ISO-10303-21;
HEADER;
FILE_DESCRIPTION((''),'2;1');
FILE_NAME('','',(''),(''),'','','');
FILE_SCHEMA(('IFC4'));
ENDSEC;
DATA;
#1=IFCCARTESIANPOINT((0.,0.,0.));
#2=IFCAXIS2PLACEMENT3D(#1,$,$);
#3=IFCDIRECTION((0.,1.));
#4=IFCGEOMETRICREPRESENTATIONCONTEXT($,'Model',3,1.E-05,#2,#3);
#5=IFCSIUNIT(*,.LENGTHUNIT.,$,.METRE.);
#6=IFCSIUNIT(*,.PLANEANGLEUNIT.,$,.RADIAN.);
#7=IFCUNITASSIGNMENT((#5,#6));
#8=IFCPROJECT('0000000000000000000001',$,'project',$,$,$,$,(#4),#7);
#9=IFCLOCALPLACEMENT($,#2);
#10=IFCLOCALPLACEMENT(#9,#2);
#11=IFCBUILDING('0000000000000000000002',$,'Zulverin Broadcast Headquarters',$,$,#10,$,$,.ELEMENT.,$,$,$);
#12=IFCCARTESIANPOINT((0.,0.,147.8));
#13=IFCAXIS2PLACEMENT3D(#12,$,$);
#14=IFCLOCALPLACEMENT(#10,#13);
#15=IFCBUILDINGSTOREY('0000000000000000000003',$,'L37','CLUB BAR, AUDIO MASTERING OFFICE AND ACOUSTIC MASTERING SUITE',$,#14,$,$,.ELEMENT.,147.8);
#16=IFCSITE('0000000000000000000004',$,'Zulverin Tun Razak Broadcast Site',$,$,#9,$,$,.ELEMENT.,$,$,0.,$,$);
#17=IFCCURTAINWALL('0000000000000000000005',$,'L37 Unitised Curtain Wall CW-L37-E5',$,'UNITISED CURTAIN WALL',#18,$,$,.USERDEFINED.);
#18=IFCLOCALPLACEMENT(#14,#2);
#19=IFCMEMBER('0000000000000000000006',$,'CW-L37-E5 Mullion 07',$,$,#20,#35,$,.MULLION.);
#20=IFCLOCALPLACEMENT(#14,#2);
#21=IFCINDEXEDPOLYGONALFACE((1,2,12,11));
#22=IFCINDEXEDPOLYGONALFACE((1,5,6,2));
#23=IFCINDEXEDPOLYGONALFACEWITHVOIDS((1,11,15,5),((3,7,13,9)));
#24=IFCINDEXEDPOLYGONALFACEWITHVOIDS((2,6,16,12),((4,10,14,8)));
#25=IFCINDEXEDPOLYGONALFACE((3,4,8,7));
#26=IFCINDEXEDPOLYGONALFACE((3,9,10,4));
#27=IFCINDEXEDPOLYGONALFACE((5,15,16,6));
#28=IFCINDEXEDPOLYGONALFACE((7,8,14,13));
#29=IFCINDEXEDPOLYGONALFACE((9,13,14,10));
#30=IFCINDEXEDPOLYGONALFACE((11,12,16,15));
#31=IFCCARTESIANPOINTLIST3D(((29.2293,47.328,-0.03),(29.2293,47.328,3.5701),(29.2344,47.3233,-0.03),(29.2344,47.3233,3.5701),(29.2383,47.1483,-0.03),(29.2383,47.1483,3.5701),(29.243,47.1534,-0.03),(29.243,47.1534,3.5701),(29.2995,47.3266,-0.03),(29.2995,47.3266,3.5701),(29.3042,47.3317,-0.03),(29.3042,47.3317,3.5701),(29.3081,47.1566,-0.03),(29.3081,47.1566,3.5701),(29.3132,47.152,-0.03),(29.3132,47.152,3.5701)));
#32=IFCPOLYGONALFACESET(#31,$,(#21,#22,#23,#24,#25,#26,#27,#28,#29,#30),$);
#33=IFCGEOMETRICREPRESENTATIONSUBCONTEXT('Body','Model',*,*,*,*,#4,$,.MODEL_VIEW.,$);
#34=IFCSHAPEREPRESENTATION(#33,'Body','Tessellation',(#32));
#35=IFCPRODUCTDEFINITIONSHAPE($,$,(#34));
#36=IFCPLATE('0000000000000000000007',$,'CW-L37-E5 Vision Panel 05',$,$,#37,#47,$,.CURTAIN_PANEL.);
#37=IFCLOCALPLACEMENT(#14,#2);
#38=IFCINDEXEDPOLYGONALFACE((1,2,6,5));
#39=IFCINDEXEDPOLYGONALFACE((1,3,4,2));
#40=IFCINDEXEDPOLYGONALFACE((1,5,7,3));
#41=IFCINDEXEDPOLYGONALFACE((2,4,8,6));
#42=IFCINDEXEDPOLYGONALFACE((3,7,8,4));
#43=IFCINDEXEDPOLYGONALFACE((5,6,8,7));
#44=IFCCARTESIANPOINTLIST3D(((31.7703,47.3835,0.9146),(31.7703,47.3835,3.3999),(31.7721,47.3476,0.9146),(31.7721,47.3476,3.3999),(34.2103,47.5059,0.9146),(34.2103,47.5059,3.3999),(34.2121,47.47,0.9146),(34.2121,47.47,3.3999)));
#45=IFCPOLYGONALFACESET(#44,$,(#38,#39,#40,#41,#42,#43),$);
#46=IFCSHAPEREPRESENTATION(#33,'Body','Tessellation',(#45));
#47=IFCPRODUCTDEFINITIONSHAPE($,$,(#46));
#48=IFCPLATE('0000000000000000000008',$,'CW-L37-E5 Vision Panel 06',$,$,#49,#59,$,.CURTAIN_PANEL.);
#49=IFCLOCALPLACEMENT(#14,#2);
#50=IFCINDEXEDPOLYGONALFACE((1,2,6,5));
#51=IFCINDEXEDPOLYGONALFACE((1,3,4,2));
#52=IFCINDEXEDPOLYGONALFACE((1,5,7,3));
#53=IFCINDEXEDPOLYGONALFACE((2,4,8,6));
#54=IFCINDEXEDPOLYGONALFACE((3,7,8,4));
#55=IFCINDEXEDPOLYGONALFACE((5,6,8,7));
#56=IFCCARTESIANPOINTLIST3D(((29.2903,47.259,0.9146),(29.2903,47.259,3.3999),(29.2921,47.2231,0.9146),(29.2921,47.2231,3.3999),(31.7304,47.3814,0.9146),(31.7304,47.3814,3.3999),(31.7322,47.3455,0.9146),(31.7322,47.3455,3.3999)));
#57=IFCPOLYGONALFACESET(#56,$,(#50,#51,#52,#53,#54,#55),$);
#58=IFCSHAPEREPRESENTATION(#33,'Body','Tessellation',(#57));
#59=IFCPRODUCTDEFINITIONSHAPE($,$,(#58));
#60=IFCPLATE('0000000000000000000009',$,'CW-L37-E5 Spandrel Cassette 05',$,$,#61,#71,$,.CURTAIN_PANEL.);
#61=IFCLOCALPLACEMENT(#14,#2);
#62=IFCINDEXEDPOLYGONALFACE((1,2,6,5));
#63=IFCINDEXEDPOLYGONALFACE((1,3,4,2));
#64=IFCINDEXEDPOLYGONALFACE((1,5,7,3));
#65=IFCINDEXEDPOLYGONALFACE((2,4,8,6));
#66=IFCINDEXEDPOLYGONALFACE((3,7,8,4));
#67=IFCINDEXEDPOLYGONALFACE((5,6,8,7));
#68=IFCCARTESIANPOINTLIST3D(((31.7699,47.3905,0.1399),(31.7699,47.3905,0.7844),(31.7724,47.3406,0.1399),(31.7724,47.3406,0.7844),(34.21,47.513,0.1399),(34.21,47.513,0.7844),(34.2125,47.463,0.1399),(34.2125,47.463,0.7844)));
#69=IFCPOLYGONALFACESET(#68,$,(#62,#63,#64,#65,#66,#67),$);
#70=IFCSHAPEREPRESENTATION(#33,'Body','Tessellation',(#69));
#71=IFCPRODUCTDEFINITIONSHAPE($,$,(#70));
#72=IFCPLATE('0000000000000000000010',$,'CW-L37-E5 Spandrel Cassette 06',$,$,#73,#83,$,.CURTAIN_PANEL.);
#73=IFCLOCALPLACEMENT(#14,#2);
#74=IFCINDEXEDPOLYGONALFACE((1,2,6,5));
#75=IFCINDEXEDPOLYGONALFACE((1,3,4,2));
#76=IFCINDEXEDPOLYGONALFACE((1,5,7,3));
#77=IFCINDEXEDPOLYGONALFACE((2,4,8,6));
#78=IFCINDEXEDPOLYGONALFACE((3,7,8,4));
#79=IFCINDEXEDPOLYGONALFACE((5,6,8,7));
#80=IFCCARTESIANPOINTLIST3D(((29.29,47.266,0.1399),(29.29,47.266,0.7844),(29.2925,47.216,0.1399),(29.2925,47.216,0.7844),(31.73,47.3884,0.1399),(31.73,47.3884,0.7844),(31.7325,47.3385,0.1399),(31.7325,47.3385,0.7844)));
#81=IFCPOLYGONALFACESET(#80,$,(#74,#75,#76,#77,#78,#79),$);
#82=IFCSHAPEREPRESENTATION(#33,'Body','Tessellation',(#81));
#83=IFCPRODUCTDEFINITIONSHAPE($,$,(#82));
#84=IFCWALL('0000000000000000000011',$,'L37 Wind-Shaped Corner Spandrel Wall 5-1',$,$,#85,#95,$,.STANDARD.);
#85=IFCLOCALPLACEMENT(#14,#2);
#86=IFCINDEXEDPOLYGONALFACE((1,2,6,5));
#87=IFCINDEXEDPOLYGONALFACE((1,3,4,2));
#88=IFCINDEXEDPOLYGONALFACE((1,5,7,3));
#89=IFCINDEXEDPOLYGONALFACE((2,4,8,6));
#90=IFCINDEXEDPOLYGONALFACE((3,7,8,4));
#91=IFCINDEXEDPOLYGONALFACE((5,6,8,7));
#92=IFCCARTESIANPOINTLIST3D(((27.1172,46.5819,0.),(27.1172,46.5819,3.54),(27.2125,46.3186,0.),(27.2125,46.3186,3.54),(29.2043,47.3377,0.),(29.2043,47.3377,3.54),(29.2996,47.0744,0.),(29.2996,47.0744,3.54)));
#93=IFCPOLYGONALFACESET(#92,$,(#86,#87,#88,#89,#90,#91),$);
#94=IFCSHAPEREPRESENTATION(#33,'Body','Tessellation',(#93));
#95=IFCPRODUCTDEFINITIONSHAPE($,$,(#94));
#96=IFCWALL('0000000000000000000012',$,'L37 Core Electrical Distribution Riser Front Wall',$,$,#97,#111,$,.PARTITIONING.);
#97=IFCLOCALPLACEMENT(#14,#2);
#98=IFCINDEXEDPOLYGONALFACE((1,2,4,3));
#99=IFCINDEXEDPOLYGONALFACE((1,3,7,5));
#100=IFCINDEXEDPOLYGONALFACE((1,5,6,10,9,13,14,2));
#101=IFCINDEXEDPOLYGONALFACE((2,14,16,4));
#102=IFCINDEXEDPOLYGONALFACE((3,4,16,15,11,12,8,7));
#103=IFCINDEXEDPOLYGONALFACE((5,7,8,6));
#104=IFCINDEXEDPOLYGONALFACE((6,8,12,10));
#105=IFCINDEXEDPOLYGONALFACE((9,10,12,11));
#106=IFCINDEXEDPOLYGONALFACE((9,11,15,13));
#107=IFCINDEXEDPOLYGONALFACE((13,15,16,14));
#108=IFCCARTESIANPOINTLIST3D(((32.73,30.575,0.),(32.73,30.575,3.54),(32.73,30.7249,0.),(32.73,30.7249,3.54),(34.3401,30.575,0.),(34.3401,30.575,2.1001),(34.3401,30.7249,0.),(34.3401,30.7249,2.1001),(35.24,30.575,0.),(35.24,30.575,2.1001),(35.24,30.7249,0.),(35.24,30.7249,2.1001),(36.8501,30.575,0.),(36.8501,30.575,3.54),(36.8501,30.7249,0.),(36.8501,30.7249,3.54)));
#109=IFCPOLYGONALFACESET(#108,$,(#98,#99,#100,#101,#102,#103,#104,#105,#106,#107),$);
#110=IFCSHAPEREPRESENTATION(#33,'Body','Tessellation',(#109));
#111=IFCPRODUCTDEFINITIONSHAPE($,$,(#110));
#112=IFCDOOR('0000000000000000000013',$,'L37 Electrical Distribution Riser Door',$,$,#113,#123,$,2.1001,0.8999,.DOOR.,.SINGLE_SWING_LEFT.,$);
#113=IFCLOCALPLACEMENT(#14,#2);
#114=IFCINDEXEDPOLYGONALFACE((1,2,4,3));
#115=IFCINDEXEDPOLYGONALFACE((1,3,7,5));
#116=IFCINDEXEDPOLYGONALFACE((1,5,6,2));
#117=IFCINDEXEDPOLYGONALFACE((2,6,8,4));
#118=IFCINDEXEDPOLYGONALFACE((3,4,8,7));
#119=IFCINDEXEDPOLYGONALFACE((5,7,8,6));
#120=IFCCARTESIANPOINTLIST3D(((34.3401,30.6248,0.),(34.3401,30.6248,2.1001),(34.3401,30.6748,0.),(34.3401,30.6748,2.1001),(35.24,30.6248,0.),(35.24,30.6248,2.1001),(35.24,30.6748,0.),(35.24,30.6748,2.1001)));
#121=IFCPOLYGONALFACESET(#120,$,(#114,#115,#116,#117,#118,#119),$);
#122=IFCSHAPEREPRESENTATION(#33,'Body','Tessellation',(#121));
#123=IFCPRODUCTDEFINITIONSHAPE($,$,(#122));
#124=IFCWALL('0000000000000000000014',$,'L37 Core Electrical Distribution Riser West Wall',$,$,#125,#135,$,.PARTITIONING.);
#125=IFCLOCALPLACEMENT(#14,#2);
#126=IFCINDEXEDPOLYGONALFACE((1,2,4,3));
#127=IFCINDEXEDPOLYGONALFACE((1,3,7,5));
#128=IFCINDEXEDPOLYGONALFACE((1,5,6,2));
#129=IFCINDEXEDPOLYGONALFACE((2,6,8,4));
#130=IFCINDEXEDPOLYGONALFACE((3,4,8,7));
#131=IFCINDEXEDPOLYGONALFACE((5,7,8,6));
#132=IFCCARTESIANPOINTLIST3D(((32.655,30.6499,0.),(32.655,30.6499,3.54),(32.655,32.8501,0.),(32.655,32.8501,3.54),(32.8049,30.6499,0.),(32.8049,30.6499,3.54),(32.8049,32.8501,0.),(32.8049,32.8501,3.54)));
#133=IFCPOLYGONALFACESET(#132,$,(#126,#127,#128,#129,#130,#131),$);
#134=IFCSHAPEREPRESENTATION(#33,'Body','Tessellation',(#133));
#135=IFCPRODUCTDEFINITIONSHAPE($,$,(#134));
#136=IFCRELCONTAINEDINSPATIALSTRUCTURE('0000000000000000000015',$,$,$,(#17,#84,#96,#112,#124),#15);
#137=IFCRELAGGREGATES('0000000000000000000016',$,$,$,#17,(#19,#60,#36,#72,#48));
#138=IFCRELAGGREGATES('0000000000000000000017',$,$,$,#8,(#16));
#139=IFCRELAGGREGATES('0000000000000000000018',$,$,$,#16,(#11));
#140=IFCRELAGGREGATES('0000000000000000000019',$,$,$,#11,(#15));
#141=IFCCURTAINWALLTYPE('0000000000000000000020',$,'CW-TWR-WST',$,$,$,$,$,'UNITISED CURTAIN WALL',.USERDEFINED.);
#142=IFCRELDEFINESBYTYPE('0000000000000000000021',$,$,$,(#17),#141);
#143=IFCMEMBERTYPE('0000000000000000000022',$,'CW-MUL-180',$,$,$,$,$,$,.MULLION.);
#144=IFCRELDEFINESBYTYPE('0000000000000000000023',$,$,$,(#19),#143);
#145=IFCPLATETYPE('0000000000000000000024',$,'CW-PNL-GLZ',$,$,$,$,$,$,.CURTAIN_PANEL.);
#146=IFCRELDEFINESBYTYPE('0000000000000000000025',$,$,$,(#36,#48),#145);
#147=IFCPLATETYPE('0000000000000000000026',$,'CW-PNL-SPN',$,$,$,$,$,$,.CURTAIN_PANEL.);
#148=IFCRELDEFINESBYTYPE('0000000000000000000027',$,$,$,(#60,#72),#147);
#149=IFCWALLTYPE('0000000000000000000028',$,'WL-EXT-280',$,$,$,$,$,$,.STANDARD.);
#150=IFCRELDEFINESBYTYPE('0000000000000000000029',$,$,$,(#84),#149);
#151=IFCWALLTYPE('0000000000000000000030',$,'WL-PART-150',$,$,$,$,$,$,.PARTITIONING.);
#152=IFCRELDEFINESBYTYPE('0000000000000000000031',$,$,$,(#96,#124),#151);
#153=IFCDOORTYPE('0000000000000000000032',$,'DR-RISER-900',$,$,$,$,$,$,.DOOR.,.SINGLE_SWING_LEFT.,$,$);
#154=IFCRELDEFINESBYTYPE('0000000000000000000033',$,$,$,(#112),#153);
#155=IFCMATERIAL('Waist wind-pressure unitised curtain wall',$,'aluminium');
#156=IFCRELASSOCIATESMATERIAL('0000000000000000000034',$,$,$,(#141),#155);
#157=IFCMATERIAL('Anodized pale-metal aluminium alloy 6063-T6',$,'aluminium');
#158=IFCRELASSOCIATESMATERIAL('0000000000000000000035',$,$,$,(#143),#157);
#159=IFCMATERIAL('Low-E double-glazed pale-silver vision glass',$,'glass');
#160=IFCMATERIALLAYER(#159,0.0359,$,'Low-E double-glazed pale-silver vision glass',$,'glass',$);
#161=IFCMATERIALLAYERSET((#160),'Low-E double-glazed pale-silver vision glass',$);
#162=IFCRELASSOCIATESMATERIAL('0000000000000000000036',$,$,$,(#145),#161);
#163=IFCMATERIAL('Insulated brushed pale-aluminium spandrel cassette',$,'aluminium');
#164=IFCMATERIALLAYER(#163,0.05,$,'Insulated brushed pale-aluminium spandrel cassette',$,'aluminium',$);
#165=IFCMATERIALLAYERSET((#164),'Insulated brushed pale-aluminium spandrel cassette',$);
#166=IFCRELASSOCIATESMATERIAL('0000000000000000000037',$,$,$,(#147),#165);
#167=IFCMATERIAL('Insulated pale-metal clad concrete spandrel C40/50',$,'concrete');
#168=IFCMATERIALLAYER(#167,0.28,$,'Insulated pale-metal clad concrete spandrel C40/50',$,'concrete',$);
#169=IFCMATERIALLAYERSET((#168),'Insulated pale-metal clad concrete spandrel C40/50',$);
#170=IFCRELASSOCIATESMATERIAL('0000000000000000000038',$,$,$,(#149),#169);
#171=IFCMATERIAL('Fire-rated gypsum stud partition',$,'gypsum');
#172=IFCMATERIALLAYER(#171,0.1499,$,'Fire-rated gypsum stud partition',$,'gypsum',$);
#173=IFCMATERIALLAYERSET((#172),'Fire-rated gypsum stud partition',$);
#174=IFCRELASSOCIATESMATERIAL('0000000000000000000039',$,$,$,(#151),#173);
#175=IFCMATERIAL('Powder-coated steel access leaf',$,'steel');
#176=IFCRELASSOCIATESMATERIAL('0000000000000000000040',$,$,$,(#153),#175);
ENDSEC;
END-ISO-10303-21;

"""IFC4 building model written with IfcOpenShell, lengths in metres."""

from ifc_helpers import new_model, si_unit, direction, frame, frame_2d, origin, origin_2d, place, context, subcontext, project, spatial, rectangle, hollow_rectangle, extrude, material, layer, layer_set, material_profile, profile_set, type_object, element, fill, aggregate, save


model = new_model("IFC4")

# Units and contexts
model_context = context("Model", 3, precision=1e-05, world=origin(), true_north=direction((0.0, 1.0)))
body_context = subcontext(model_context, "Body", "Model", "MODEL_VIEW")
ifc_project = project(units=[si_unit("LENGTHUNIT", "METRE"), si_unit("PLANEANGLEUNIT", "RADIAN")], contexts=[model_context])

# Site, building, storey
site_placement = place(None, origin())
site = spatial("IfcSite", under=ifc_project, at=site_placement, Name="Zulverin Tun Razak Broadcast Site", CompositionType="ELEMENT", RefElevation=0.0)
building_placement = place(site_placement, origin())
building = spatial("IfcBuilding", under=site, at=building_placement, Name="Zulverin Broadcast Headquarters", CompositionType="ELEMENT")
storey_placement = place(building_placement, frame((0.0, 0.0, 147.8)))
storey = spatial("IfcBuildingStorey", under=building, at=storey_placement, Name="L37", Description="CLUB BAR, AUDIO MASTERING OFFICE AND ACOUSTIC MASTERING SUITE", CompositionType="ELEMENT", Elevation=147.8)

# Curtain wall, member, plates
ifc_material_1 = material(Name="Waist wind-pressure unitised curtain wall", Category="aluminium")
curtain_wall_type = type_object("IfcCurtainWallType", Name="CW-TWR-WST", ElementType="UNITISED CURTAIN WALL", PredefinedType="USERDEFINED", material=ifc_material_1)
curtain_wall_placement = place(storey_placement, origin())
curtain_wall = element("IfcCurtainWall", 1, at=curtain_wall_placement, inside=storey, type_object=curtain_wall_type, Name="L37 Unitised Curtain Wall CW-L37-E5", ObjectType="UNITISED CURTAIN WALL", PredefinedType="USERDEFINED")
ifc_material_2 = material(Name="Anodized pale-metal aluminium alloy 6063-T6", Category="aluminium")
ifc_material_profile_1 = material_profile(ifc_material_2, hollow_rectangle(XDim=0.075, YDim=0.1799, WallThickness=0.0049, at=origin_2d()), Name="Anodized pale-metal aluminium alloy 6063-T6", Category="aluminium")
ifc_profile_set_1 = profile_set([ifc_material_profile_1], Name="Anodized pale-metal aluminium alloy 6063-T6")
member_type = type_object("IfcMemberType", Name="CW-MUL-180", PredefinedType="MULLION", material=ifc_profile_set_1)
member_1_placement = place(storey_placement, frame((29.2712, 47.24, -0.03), z_axis=(0.0, 0.0, 1.0), x_axis=(-0.998744, -0.050105, 0.0)))
member_1 = element("IfcMember", 2, at=member_1_placement, type_object=member_type, Name="CW-L37-E5 Mullion 07", PredefinedType="MULLION", context=body_context, shape_type="SweptSolid", body=[
    extrude(hollow_rectangle(XDim=0.075, YDim=0.1799, WallThickness=0.0049, at=origin_2d()), origin(), (0.0, 0.0, 1.0), 3.6001),
])
ifc_material_3 = material(Name="Low-E double-glazed pale-silver vision glass", Category="glass")
ifc_layer_1 = layer(ifc_material_3, 0.0359, Name="Low-E double-glazed pale-silver vision glass", Category="glass")
ifc_layer_set_1 = layer_set([ifc_layer_1], Name="Low-E double-glazed pale-silver vision glass")
plate_type_1 = type_object("IfcPlateType", Name="CW-PNL-GLZ", PredefinedType="CURTAIN_PANEL", material=ifc_layer_set_1)
plate_1_placement = place(storey_placement, frame((32.9912, 47.4268, 0.9146), z_axis=(0.0, 0.0, 1.0), x_axis=(-0.998744, -0.050105, 0.0)))
plate_1 = element("IfcPlate", 3, at=plate_1_placement, type_object=plate_type_1, Name="CW-L37-E5 Vision Panel 05", PredefinedType="CURTAIN_PANEL", context=body_context, shape_type="SweptSolid", body=[
    extrude(rectangle(XDim=2.4431, YDim=0.0359, at=origin_2d()), origin(), (0.0, 0.0, 1.0), 2.4854),
])
plate_2_placement = place(storey_placement, frame((30.5112, 47.3022, 0.9146), z_axis=(0.0, 0.0, 1.0), x_axis=(-0.998744, -0.050105, 0.0)))
plate_2 = element("IfcPlate", 4, at=plate_2_placement, type_object=plate_type_1, Name="CW-L37-E5 Vision Panel 06", PredefinedType="CURTAIN_PANEL", context=body_context, shape_type="SweptSolid", body=[
    extrude(rectangle(XDim=2.4431, YDim=0.0359, at=origin_2d()), origin(), (0.0, 0.0, 1.0), 2.4854),
])
ifc_material_4 = material(Name="Insulated brushed pale-aluminium spandrel cassette", Category="aluminium")
ifc_layer_2 = layer(ifc_material_4, 0.05, Name="Insulated brushed pale-aluminium spandrel cassette", Category="aluminium")
ifc_layer_set_2 = layer_set([ifc_layer_2], Name="Insulated brushed pale-aluminium spandrel cassette")
plate_type_2 = type_object("IfcPlateType", Name="CW-PNL-SPN", PredefinedType="CURTAIN_PANEL", material=ifc_layer_set_2)
plate_3_placement = place(storey_placement, frame((32.9912, 47.4268, 0.1399), z_axis=(0.0, 0.0, 1.0), x_axis=(-0.998744, -0.050105, 0.0)))
plate_3 = element("IfcPlate", 5, at=plate_3_placement, type_object=plate_type_2, Name="CW-L37-E5 Spandrel Cassette 05", PredefinedType="CURTAIN_PANEL", context=body_context, shape_type="SweptSolid", body=[
    extrude(rectangle(XDim=2.4431, YDim=0.05, at=origin_2d()), origin(), (0.0, 0.0, 1.0), 0.6445),
])
plate_4_placement = place(storey_placement, frame((30.5112, 47.3022, 0.1399), z_axis=(0.0, 0.0, 1.0), x_axis=(-0.998744, -0.050105, 0.0)))
plate_4 = element("IfcPlate", 6, at=plate_4_placement, type_object=plate_type_2, Name="CW-L37-E5 Spandrel Cassette 06", PredefinedType="CURTAIN_PANEL", context=body_context, shape_type="SweptSolid", body=[
    extrude(rectangle(XDim=2.4431, YDim=0.05, at=origin_2d()), origin(), (0.0, 0.0, 1.0), 0.6445),
])
aggregate(curtain_wall, [member_1, plate_3, plate_1, plate_4, plate_2])

# Wall
ifc_material_5 = material(Name="Insulated pale-metal clad concrete spandrel C40/50", Category="concrete")
ifc_layer_3 = layer(ifc_material_5, 0.28, Name="Insulated pale-metal clad concrete spandrel C40/50", Category="concrete")
ifc_layer_set_3 = layer_set([ifc_layer_3], Name="Insulated pale-metal clad concrete spandrel C40/50")
wall_type_1 = type_object("IfcWallType", Name="WL-EXT-280", PredefinedType="STANDARD", material=ifc_layer_set_3)
wall_1_placement = place(storey_placement, frame((29.252, 47.2061, 0.0), z_axis=(0.0, 0.0, 1.0), x_axis=(-0.940242, -0.340506, 0.0)))
element("IfcWall", 7, at=wall_1_placement, inside=storey, type_object=wall_type_1, Name="L37 Wind-Shaped Corner Spandrel Wall 5-1", PredefinedType="STANDARD", context=body_context, shape_type="SweptSolid", body=[
    extrude(rectangle(XDim=2.2197, YDim=0.28, at=frame_2d((1.1099, 0.0))), origin(), (0.0, 0.0, 1.0), 3.54),
])

# Wall, opening, door
ifc_material_6 = material(Name="Fire-rated gypsum stud partition", Category="gypsum")
ifc_layer_4 = layer(ifc_material_6, 0.1499, Name="Fire-rated gypsum stud partition", Category="gypsum")
ifc_layer_set_4 = layer_set([ifc_layer_4], Name="Fire-rated gypsum stud partition")
wall_type_2 = type_object("IfcWallType", Name="WL-PART-150", PredefinedType="PARTITIONING", material=ifc_layer_set_4)
wall_2_placement = place(storey_placement, frame((32.73, 30.6499, 0.0), z_axis=(0.0, 0.0, 1.0), x_axis=(1.0, 0.0, 0.0)))
wall_2 = element("IfcWall", 8, at=wall_2_placement, inside=storey, type_object=wall_type_2, Name="L37 Core Electrical Distribution Riser Front Wall", PredefinedType="PARTITIONING", context=body_context, shape_type="SweptSolid", body=[
    extrude(rectangle(XDim=4.1201, YDim=0.1499, at=frame_2d((2.0601, 0.0))), origin(), (0.0, 0.0, 1.0), 3.54),
])
opening_placement = place(wall_2_placement, frame((1.6101, 0.0, 0.0)))
opening = element("IfcOpeningElement", 9, at=opening_placement, cuts=wall_2, PredefinedType="OPENING", context=body_context, shape_type="SweptSolid", body=[
    extrude(rectangle(XDim=0.8999, YDim=2.1001, at=frame_2d((0.45, 1.05))), frame((0.0, 0.085, 0.0), z_axis=(0.0, -1.0, 0.0), x_axis=(1.0, 0.0, 0.0)), (0.0, 0.0, 1.0), 0.1699),
])
ifc_material_7 = material(Name="Powder-coated steel access leaf", Category="steel")
door_type = type_object("IfcDoorType", Name="DR-RISER-900", OperationType="SINGLE_SWING_LEFT", PredefinedType="DOOR", material=ifc_material_7)
door_placement = place(opening_placement, origin())
door = element("IfcDoor", 10, at=door_placement, inside=storey, type_object=door_type, Name="L37 Electrical Distribution Riser Door", OperationType="SINGLE_SWING_LEFT", OverallHeight=2.1001, OverallWidth=0.8999, PredefinedType="DOOR", context=body_context, shape_type="SweptSolid", body=[
    extrude(rectangle(XDim=0.8999, YDim=2.1001, at=frame_2d((0.45, 1.05))), frame((0.0, 0.0249, 0.0), z_axis=(0.0, -1.0, 0.0), x_axis=(1.0, 0.0, 0.0)), (0.0, 0.0, 1.0), 0.05),
])
fill(opening, door)

# Wall
wall_3_placement = place(storey_placement, frame((32.73, 30.6499, 0.0), z_axis=(0.0, 0.0, 1.0), x_axis=(0.0, 1.0, 0.0)))
element("IfcWall", 11, at=wall_3_placement, inside=storey, type_object=wall_type_2, Name="L37 Core Electrical Distribution Riser West Wall", PredefinedType="PARTITIONING", context=body_context, shape_type="SweptSolid", body=[
    extrude(rectangle(XDim=2.2002, YDim=0.1499, at=frame_2d((1.1001, 0.0))), origin(), (0.0, 0.0, 1.0), 3.54),
])

save(model, "model.ifc")
